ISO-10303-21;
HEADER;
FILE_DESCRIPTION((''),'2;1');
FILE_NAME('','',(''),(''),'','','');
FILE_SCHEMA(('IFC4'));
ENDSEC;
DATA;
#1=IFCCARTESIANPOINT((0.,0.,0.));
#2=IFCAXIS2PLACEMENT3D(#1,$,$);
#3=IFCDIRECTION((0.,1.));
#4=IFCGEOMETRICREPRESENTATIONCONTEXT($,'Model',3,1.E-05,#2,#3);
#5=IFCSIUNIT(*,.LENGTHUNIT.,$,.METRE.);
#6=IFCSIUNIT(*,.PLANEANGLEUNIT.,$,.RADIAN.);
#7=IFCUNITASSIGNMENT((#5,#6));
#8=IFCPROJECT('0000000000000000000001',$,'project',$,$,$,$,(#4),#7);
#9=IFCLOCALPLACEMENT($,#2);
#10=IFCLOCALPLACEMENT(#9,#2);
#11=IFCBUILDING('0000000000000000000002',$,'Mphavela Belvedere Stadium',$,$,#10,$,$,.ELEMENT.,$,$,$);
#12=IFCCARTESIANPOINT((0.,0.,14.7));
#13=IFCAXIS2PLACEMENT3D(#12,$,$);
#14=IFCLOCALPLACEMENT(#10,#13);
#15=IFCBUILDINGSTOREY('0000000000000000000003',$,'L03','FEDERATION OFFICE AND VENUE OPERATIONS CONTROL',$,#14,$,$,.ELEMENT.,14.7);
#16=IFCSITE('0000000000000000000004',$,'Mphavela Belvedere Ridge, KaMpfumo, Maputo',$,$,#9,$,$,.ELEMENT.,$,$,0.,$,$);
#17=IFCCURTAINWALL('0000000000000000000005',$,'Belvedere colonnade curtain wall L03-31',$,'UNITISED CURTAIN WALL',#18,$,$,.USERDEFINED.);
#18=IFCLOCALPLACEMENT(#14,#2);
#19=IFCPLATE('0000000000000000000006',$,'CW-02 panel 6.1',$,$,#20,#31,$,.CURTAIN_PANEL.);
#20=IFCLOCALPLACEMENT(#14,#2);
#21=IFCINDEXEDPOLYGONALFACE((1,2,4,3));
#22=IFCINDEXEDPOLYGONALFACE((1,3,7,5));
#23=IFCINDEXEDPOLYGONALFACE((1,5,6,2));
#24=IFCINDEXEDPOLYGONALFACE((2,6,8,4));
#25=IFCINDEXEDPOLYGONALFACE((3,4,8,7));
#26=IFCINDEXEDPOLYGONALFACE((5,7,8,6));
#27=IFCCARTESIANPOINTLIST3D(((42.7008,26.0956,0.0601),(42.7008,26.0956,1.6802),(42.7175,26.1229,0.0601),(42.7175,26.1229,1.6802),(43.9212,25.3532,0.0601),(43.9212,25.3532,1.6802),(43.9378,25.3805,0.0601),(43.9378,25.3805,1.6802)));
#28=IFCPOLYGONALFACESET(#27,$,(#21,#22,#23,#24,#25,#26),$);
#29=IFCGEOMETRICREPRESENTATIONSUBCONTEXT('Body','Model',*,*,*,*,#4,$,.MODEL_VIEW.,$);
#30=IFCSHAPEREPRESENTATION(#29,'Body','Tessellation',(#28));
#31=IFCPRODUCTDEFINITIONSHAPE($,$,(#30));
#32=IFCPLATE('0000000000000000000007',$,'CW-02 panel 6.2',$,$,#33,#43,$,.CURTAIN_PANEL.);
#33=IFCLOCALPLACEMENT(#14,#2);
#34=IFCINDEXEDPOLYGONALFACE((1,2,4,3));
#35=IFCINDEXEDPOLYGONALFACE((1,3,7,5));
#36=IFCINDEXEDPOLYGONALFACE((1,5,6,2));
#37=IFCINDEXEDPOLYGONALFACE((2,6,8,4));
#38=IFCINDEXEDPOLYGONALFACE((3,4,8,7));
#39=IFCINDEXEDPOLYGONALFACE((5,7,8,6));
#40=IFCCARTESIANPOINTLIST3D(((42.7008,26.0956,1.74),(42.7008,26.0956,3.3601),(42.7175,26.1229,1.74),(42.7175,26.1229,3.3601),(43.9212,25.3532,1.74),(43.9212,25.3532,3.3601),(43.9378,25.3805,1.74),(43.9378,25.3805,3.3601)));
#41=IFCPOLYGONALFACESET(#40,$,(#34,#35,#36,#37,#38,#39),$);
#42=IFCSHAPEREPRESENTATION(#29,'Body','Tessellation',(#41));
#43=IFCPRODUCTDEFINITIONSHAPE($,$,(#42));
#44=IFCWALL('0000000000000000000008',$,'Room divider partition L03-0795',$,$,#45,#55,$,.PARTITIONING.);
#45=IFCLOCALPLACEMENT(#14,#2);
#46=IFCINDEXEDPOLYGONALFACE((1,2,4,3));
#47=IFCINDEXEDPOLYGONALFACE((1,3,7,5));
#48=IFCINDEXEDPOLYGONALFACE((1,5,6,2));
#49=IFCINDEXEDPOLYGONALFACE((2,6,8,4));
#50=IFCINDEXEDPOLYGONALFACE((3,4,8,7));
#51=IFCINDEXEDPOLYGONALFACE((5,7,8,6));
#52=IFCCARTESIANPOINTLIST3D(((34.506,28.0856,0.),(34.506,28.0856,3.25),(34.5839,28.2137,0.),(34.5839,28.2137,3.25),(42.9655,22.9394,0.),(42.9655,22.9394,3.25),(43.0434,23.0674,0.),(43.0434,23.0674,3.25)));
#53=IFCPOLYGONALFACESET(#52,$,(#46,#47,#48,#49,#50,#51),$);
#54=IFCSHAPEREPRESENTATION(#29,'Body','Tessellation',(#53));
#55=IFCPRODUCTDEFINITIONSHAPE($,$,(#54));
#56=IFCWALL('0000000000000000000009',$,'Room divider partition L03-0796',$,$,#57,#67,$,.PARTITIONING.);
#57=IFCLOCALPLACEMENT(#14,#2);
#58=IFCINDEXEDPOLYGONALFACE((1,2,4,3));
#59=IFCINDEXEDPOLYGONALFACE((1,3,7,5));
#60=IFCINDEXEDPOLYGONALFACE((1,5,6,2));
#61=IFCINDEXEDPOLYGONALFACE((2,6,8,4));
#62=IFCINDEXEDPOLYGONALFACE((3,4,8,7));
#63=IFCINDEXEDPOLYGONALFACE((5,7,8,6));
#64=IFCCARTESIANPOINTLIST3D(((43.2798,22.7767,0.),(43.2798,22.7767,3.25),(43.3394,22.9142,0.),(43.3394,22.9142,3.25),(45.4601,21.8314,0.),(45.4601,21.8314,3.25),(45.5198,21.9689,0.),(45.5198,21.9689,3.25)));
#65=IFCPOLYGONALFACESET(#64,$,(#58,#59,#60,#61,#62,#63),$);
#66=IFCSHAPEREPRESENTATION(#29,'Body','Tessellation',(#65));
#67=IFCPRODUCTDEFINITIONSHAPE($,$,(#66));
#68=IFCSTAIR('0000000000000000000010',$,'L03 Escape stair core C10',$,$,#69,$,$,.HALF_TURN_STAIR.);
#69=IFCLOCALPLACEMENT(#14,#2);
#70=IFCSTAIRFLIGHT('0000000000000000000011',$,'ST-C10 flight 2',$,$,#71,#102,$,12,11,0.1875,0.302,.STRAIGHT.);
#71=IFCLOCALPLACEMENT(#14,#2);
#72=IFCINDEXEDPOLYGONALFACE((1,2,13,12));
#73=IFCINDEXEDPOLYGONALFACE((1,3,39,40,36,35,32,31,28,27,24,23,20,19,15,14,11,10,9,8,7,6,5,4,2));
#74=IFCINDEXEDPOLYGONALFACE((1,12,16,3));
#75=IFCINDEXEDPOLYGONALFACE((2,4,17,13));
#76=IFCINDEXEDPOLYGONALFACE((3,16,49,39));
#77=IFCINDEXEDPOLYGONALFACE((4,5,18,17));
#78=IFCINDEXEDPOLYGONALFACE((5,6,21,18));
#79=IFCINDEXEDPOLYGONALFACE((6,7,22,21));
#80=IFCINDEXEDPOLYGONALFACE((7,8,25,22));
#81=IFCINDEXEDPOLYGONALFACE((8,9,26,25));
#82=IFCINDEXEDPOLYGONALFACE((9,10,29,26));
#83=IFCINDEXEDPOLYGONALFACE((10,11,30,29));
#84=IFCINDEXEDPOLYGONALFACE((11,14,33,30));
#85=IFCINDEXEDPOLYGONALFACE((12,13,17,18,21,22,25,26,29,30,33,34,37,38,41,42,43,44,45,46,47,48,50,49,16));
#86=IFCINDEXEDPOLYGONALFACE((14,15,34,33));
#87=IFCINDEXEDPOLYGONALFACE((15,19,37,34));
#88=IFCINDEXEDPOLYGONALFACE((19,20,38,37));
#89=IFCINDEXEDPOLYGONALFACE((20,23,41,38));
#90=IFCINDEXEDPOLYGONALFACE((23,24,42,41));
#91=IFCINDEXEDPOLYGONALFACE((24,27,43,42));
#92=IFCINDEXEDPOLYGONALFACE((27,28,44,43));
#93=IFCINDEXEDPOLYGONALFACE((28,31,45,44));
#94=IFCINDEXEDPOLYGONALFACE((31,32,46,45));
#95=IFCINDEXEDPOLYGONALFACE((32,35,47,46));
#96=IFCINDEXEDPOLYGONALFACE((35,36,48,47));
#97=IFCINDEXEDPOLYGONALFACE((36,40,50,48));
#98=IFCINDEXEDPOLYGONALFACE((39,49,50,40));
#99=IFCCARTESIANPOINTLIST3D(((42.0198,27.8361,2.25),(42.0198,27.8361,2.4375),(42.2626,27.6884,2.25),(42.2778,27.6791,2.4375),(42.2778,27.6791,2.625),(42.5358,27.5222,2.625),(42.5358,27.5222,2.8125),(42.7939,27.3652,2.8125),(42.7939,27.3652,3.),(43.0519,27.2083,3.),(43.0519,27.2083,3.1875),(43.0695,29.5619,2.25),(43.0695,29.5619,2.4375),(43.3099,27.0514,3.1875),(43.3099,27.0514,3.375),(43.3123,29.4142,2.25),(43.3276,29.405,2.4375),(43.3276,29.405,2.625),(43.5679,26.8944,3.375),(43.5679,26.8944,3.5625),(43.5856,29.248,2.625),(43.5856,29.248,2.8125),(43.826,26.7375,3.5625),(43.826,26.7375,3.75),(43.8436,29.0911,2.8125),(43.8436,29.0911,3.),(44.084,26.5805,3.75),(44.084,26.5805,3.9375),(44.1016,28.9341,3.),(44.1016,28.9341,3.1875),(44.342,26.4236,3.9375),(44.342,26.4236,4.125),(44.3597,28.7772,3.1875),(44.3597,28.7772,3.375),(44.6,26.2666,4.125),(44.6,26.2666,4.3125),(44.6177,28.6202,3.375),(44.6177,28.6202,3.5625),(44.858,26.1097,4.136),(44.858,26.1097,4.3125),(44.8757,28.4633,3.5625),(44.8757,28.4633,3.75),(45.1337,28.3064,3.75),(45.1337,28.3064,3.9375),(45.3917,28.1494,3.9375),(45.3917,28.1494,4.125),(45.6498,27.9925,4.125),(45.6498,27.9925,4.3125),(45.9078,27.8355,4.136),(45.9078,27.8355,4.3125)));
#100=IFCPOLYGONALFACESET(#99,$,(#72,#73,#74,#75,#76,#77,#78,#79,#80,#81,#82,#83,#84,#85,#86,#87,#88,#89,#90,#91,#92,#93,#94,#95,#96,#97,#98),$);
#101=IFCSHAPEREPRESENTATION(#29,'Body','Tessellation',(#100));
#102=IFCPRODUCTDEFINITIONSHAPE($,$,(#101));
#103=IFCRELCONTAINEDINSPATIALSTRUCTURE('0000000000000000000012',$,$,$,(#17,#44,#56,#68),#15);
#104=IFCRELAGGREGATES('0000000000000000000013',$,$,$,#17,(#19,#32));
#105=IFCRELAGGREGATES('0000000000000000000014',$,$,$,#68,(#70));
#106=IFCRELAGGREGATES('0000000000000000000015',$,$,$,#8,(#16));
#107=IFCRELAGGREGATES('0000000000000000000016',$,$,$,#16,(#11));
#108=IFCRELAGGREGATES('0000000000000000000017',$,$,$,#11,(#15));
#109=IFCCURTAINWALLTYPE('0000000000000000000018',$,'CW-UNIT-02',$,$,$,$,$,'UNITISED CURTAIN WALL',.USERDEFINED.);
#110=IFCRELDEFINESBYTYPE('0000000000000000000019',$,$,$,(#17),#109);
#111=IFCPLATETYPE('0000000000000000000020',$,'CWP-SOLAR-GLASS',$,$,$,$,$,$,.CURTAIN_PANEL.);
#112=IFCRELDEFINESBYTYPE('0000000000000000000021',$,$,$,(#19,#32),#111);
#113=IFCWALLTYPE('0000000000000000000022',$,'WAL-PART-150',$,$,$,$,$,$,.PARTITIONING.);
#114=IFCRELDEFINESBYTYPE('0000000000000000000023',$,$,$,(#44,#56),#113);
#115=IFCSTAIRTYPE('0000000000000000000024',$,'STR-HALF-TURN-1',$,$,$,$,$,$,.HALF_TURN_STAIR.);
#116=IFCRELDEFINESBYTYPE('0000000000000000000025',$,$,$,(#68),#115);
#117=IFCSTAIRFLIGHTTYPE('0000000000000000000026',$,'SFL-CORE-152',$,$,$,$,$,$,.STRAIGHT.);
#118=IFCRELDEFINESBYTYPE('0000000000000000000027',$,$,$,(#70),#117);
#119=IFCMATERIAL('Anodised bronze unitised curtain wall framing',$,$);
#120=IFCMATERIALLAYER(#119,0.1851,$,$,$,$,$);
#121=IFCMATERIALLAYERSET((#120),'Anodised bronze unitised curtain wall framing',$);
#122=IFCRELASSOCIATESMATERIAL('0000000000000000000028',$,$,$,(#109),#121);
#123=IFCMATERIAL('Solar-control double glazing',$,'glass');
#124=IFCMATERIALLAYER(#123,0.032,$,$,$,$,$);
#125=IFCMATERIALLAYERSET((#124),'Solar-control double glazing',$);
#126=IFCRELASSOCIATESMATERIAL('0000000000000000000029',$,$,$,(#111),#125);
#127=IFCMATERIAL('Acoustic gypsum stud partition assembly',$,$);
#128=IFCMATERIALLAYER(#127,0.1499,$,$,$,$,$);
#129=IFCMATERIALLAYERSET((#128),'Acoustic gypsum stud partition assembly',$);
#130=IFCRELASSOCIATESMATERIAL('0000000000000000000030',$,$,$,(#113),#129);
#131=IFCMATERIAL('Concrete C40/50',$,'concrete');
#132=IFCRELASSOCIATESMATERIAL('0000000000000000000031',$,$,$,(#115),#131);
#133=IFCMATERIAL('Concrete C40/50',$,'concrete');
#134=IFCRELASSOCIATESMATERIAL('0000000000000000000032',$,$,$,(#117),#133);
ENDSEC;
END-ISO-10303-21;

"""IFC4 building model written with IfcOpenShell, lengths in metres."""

from ifc_helpers import new_model, si_unit, direction, frame, frame_2d, origin, origin_2d, place, context, subcontext, project, spatial, polyline, rectangle, outline, extrude, material, layer, layer_set, type_object, element, aggregate, save


model = new_model("IFC4")

# Units and contexts
model_context = context("Model", 3, precision=1e-05, world=origin(), true_north=direction((0.0, 1.0)))
body_context = subcontext(model_context, "Body", "Model", "MODEL_VIEW")
ifc_project = project(units=[si_unit("LENGTHUNIT", "METRE"), si_unit("PLANEANGLEUNIT", "RADIAN")], contexts=[model_context])

# Site, building, storey
site_placement = place(None, origin())
site = spatial("IfcSite", under=ifc_project, at=site_placement, Name="Mphavela Belvedere Ridge, KaMpfumo, Maputo", CompositionType="ELEMENT", RefElevation=0.0)
building_placement = place(site_placement, origin())
building = spatial("IfcBuilding", under=site, at=building_placement, Name="Mphavela Belvedere Stadium", CompositionType="ELEMENT")
storey_placement = place(building_placement, frame((0.0, 0.0, 14.7)))
storey = spatial("IfcBuildingStorey", under=building, at=storey_placement, Name="L03", Description="FEDERATION OFFICE AND VENUE OPERATIONS CONTROL", CompositionType="ELEMENT", Elevation=14.7)

# Curtain wall, plates
ifc_material_1 = material(Name="Anodised bronze unitised curtain wall framing")
ifc_layer_1 = layer(ifc_material_1, 0.1851)
ifc_layer_set_1 = layer_set([ifc_layer_1], Name="Anodised bronze unitised curtain wall framing")
curtain_wall_type = type_object("IfcCurtainWallType", Name="CW-UNIT-02", ElementType="UNITISED CURTAIN WALL", PredefinedType="USERDEFINED", material=ifc_layer_set_1)
curtain_wall_placement = place(storey_placement, origin())
curtain_wall = element("IfcCurtainWall", 1, at=curtain_wall_placement, inside=storey, type_object=curtain_wall_type, Name="Belvedere colonnade curtain wall L03-31", ObjectType="UNITISED CURTAIN WALL", PredefinedType="USERDEFINED")
ifc_material_2 = material(Name="Solar-control double glazing", Category="glass")
ifc_layer_2 = layer(ifc_material_2, 0.032)
ifc_layer_set_2 = layer_set([ifc_layer_2], Name="Solar-control double glazing")
plate_type = type_object("IfcPlateType", Name="CWP-SOLAR-GLASS", PredefinedType="CURTAIN_PANEL", material=ifc_layer_set_2)
plate_1_placement = place(storey_placement, frame((43.3193, 25.738, 0.0601), z_axis=(0.0, 0.0, 1.0), x_axis=(0.854325, -0.519738, 0.0)))
plate_1 = element("IfcPlate", 2, at=plate_1_placement, type_object=plate_type, Name="CW-02 panel 6.1", PredefinedType="CURTAIN_PANEL", context=body_context, shape_type="SweptSolid", body=[
    extrude(rectangle(XDim=1.4285, YDim=0.032, at=origin_2d()), origin(), (0.0, 0.0, 1.0), 1.6201),
])
plate_2_placement = place(storey_placement, frame((43.3193, 25.738, 1.74), z_axis=(0.0, 0.0, 1.0), x_axis=(0.854325, -0.519738, 0.0)))
plate_2 = element("IfcPlate", 3, at=plate_2_placement, type_object=plate_type, Name="CW-02 panel 6.2", PredefinedType="CURTAIN_PANEL", context=body_context, shape_type="SweptSolid", body=[
    extrude(rectangle(XDim=1.4285, YDim=0.032, at=origin_2d()), origin(), (0.0, 0.0, 1.0), 1.6201),
])
aggregate(curtain_wall, [plate_1, plate_2])

# Walls
ifc_material_3 = material(Name="Acoustic gypsum stud partition assembly")
ifc_layer_3 = layer(ifc_material_3, 0.1499)
ifc_layer_set_3 = layer_set([ifc_layer_3], Name="Acoustic gypsum stud partition assembly")
wall_type = type_object("IfcWallType", Name="WAL-PART-150", PredefinedType="PARTITIONING", material=ifc_layer_set_3)
wall_1_placement = place(storey_placement, frame((34.5449, 28.1497, 0.0), z_axis=(0.0, 0.0, 1.0), x_axis=(0.854333, -0.519726, 0.0)))
element("IfcWall", 4, at=wall_1_placement, inside=storey, type_object=wall_type, Name="Room divider partition L03-0795", PredefinedType="PARTITIONING", context=body_context, shape_type="SweptSolid", body=[
    extrude(rectangle(XDim=9.9019, YDim=0.1499, at=frame_2d((4.9509, 0.0))), origin(), (0.0, 0.0, 1.0), 3.25),
])
wall_2_placement = place(storey_placement, frame((43.3096, 22.8455, 0.0), z_axis=(0.0, 0.0, 1.0), x_axis=(0.917484, -0.397772, 0.0)))
element("IfcWall", 5, at=wall_2_placement, inside=storey, type_object=wall_type, Name="Room divider partition L03-0796", PredefinedType="PARTITIONING", context=body_context, shape_type="SweptSolid", body=[
    extrude(rectangle(XDim=2.3765, YDim=0.1499, at=frame_2d((1.1882, 0.0))), origin(), (0.0, 0.0, 1.0), 3.25),
])

# Stair, stair flight
ifc_material_4 = material(Name="Concrete C40/50", Category="concrete")
stair_type = type_object("IfcStairType", Name="STR-HALF-TURN-1", PredefinedType="HALF_TURN_STAIR", material=ifc_material_4)
stair_placement = place(storey_placement, origin())
stair = element("IfcStair", 6, at=stair_placement, inside=storey, type_object=stair_type, Name="L03 Escape stair core C10", PredefinedType="HALF_TURN_STAIR")
ifc_material_5 = material(Name="Concrete C40/50", Category="concrete")
stair_flight_type = type_object("IfcStairFlightType", Name="SFL-CORE-152", PredefinedType="STRAIGHT", material=ifc_material_5)
stair_flight_placement = place(storey_placement, frame((42.5447, 28.699, 2.25), z_axis=(0.0, 0.0, 1.0), x_axis=(0.854368, -0.519668, 0.0)))
stair_flight = element("IfcStairFlight", 7, at=stair_flight_placement, type_object=stair_flight_type, Name="ST-C10 flight 2", NumberOfRisers=12, NumberOfTreads=11, PredefinedType="STRAIGHT", RiserHeight=0.1875, TreadLength=0.302, context=body_context, shape_type="SweptSolid", body=[
    extrude(outline(polyline([(0.0, 0.0), (0.0, 0.1875), (0.302, 0.1875), (0.302, 0.375), (0.604, 0.375), (0.604, 0.5625), (0.906, 0.5625), (0.906, 0.75), (1.208, 0.75), (1.208, 0.9375), (1.51, 0.9375), (1.51, 1.125), (1.812, 1.125), (1.812, 1.3125), (2.114, 1.3125), (2.114, 1.5), (2.416, 1.5), (2.416, 1.6875), (2.718, 1.6875), (2.718, 1.875), (3.02, 1.875), (3.02, 2.0625), (3.322, 2.0625), (3.322, 2.25), (3.322, 1.886), (0.2842, 0.0), (0.0, 0.0)])), frame((0.0, 1.01, 0.0), z_axis=(0.0, -1.0, 0.0), x_axis=(1.0, 0.0, 0.0)), (0.0, 0.0, 1.0), 2.02),
])
aggregate(stair, [stair_flight])

save(model, "model.ifc")
